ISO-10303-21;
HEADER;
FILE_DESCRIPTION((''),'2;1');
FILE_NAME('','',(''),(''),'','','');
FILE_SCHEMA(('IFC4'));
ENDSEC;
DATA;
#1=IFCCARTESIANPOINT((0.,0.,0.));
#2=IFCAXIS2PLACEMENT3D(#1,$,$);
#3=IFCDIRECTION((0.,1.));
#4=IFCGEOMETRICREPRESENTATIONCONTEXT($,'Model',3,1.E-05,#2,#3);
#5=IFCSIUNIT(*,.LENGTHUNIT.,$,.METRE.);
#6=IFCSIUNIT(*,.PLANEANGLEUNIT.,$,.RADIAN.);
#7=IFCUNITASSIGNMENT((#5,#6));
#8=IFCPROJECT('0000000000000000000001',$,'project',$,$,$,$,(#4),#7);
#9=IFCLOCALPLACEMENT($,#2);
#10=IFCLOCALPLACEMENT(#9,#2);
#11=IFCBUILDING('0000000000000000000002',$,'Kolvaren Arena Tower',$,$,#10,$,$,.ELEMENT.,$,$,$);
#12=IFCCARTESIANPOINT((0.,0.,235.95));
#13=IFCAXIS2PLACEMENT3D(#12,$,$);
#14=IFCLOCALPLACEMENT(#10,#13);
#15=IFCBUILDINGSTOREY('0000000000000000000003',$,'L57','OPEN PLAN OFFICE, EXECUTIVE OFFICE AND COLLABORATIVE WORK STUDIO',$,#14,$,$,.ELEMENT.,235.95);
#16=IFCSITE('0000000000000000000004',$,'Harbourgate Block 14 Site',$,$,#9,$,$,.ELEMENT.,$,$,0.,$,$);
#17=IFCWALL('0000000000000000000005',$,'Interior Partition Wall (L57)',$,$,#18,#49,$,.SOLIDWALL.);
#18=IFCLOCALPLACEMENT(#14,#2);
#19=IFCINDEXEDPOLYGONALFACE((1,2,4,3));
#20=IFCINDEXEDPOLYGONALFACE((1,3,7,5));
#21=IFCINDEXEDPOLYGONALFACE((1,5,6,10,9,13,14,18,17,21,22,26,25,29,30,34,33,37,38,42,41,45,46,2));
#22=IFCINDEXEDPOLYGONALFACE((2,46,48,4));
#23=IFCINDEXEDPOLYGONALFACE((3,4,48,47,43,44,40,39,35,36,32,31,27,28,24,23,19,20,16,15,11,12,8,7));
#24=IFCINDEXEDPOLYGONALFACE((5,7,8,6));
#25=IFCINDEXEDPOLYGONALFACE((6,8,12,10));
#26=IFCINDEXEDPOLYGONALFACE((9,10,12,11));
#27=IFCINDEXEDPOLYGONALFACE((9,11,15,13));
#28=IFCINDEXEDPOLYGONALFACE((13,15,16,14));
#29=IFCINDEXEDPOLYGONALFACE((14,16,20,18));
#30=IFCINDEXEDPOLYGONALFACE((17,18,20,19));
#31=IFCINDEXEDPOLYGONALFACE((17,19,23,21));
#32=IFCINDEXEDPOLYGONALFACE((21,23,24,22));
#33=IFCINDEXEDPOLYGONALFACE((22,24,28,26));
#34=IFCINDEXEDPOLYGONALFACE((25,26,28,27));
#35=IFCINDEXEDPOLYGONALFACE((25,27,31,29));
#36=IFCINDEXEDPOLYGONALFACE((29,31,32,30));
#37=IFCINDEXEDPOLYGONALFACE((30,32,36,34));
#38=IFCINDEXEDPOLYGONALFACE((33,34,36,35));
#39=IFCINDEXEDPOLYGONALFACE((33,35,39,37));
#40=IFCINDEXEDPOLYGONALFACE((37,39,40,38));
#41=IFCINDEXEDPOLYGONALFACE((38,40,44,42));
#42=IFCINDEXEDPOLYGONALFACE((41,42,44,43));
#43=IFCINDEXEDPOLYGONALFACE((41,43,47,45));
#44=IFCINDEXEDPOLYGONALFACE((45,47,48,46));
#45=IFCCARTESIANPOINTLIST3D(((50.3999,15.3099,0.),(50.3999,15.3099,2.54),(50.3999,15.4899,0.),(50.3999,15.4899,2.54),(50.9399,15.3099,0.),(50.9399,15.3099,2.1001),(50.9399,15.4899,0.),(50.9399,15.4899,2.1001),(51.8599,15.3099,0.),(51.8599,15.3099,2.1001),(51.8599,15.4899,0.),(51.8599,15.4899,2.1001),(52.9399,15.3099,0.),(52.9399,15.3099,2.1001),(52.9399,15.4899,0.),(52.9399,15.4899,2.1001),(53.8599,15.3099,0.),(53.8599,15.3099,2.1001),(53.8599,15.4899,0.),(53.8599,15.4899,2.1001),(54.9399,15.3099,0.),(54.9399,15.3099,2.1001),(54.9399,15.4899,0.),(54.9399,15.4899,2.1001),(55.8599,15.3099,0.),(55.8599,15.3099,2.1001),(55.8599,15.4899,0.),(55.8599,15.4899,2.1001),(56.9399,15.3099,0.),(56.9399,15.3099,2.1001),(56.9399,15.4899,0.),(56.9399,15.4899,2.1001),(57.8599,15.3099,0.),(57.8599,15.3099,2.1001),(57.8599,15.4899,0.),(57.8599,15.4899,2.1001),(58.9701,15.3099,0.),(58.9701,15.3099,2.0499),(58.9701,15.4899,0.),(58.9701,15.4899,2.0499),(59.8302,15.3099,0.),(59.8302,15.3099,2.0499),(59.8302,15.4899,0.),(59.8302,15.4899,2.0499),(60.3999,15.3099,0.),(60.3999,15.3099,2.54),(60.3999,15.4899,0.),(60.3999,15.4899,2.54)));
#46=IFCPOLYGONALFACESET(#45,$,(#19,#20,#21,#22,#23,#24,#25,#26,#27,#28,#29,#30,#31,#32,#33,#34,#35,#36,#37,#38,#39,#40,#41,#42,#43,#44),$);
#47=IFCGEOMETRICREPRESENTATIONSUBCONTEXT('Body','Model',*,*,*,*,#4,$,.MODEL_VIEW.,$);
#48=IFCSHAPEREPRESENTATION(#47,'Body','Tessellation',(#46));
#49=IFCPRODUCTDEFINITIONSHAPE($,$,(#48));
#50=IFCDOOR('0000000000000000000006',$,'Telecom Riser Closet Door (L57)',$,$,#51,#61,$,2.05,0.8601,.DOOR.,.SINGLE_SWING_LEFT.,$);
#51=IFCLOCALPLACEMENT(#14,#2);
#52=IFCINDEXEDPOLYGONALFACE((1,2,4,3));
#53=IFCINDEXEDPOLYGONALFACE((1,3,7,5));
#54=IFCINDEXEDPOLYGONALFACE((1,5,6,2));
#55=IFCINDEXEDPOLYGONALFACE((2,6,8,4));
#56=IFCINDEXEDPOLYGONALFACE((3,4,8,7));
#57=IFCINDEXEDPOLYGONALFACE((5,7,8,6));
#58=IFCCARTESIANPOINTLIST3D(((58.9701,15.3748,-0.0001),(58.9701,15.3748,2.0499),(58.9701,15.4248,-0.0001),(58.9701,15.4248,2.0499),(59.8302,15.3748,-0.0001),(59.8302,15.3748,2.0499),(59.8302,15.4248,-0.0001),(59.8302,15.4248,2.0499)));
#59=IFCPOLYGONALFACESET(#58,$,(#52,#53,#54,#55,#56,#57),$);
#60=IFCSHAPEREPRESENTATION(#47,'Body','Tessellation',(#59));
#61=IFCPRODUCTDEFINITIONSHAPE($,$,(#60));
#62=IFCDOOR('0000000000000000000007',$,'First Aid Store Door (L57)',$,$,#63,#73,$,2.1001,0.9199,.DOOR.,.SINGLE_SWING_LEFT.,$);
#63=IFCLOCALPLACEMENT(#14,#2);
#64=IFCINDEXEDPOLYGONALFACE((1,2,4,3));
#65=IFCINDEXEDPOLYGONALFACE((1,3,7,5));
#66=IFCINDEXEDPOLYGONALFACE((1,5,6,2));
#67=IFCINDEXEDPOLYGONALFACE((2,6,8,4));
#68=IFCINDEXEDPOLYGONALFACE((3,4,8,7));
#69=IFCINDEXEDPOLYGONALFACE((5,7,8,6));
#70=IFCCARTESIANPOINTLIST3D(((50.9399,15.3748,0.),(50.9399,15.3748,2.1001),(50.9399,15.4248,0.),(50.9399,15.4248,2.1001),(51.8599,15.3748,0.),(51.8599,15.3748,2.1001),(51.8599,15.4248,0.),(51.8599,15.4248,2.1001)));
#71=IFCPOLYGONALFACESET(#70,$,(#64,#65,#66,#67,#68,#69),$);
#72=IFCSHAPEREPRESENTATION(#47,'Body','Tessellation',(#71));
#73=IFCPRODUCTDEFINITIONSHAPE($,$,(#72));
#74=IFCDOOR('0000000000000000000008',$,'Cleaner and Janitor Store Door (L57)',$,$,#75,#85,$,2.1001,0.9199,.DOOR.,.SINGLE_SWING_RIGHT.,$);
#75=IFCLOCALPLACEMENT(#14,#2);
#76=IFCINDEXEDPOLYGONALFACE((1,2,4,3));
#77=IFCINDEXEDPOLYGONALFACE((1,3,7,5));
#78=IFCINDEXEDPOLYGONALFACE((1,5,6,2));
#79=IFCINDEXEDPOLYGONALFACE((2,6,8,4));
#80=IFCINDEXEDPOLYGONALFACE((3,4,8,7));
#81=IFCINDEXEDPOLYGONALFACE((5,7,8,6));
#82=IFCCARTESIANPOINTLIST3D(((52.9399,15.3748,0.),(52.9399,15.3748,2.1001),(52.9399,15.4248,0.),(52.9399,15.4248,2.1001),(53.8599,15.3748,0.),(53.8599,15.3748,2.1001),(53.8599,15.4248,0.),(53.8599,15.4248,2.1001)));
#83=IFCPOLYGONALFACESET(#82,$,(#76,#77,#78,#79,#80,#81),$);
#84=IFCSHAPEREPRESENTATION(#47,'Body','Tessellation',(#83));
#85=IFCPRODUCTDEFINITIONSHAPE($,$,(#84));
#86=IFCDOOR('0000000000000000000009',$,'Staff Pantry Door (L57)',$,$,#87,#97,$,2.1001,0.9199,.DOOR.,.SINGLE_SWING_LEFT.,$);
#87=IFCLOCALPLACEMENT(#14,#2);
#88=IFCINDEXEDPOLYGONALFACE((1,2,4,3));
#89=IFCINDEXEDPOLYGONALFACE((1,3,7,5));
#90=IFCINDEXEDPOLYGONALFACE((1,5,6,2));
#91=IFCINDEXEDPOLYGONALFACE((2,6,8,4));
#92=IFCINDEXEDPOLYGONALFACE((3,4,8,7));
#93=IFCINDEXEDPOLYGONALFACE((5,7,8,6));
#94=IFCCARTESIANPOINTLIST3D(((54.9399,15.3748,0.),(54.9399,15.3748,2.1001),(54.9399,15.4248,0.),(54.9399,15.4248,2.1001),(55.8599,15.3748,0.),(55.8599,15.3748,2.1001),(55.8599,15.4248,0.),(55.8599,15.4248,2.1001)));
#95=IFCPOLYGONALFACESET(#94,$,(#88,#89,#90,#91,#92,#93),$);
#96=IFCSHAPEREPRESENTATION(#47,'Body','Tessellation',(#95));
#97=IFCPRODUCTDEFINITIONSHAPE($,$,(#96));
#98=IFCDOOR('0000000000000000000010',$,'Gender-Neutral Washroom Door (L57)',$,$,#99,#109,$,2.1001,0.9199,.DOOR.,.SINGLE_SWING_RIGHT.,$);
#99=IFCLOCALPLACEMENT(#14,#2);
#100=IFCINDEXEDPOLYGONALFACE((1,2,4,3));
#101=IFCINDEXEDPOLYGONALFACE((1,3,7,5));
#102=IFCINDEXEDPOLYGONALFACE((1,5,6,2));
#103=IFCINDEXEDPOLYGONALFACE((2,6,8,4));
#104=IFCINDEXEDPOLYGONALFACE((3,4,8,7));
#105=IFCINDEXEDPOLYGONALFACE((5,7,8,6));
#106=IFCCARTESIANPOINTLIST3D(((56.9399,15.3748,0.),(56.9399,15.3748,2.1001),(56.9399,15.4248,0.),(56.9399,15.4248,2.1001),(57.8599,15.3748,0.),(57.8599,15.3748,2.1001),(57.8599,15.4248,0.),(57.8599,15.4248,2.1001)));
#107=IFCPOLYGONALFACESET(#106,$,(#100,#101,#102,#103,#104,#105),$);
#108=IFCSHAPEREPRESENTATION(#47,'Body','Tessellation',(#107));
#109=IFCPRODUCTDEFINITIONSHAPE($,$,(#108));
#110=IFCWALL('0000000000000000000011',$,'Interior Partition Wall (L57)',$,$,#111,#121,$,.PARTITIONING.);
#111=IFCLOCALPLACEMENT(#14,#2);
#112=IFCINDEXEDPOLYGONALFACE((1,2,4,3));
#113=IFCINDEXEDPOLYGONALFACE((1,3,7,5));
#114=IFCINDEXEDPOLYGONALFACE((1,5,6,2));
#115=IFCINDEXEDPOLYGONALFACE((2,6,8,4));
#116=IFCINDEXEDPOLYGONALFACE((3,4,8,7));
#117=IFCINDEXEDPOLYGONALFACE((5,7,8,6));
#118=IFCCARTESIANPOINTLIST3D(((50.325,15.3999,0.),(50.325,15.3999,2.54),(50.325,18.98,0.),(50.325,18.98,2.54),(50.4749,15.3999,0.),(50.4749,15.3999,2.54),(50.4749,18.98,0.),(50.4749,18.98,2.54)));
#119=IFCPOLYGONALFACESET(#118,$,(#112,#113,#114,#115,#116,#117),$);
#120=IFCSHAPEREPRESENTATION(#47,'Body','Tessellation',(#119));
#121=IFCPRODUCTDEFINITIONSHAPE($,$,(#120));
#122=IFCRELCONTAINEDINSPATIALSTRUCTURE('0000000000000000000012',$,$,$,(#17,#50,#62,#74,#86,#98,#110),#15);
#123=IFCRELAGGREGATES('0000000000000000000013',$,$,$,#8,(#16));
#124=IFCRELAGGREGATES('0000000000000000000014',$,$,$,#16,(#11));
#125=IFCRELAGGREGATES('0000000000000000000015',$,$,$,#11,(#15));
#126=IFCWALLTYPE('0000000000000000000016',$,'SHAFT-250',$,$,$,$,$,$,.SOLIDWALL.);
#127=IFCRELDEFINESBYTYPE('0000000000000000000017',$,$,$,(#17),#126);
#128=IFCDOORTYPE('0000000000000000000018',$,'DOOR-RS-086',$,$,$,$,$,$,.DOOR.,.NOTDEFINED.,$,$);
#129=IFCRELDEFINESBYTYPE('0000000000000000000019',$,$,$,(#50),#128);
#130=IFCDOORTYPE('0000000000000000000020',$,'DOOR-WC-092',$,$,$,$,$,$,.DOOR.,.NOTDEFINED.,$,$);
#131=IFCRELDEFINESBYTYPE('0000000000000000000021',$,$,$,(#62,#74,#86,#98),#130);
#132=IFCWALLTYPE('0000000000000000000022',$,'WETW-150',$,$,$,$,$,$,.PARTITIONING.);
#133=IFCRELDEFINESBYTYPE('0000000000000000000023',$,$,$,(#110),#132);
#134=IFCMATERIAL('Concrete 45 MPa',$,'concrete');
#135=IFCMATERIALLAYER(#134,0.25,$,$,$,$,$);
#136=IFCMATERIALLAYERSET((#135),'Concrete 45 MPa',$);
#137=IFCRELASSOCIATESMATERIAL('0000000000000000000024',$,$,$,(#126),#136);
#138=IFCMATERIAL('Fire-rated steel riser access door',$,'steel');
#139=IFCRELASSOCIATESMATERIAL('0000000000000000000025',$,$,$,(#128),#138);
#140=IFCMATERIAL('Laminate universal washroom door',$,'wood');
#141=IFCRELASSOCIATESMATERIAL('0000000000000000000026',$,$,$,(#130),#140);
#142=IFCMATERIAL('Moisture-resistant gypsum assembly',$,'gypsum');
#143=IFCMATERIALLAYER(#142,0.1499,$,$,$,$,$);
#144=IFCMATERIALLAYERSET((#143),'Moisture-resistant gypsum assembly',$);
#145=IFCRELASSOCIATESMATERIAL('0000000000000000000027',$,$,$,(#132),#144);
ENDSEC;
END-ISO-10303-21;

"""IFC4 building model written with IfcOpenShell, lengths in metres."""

from ifc_helpers import new_model, si_unit, direction, frame, frame_2d, origin, place, context, subcontext, project, spatial, rectangle, extrude, material, layer, layer_set, type_object, element, fill, save


model = new_model("IFC4")

# Units and contexts
model_context = context("Model", 3, precision=1e-05, world=origin(), true_north=direction((0.0, 1.0)))
body_context = subcontext(model_context, "Body", "Model", "MODEL_VIEW")
ifc_project = project(units=[si_unit("LENGTHUNIT", "METRE"), si_unit("PLANEANGLEUNIT", "RADIAN")], contexts=[model_context])

# Site, building, storey
site_placement = place(None, origin())
site = spatial("IfcSite", under=ifc_project, at=site_placement, Name="Harbourgate Block 14 Site", CompositionType="ELEMENT", RefElevation=0.0)
building_placement = place(site_placement, origin())
building = spatial("IfcBuilding", under=site, at=building_placement, Name="Kolvaren Arena Tower", CompositionType="ELEMENT")
storey_placement = place(building_placement, frame((0.0, 0.0, 235.95)))
storey = spatial("IfcBuildingStorey", under=building, at=storey_placement, Name="L57", Description="OPEN PLAN OFFICE, EXECUTIVE OFFICE AND COLLABORATIVE WORK STUDIO", CompositionType="ELEMENT", Elevation=235.95)

# Wall, openings, doors
ifc_material_1 = material(Name="Concrete 45 MPa", Category="concrete")
ifc_layer_1 = layer(ifc_material_1, 0.25)
ifc_layer_set_1 = layer_set([ifc_layer_1], Name="Concrete 45 MPa")
wall_type_1 = type_object("IfcWallType", Name="SHAFT-250", PredefinedType="SOLIDWALL", material=ifc_layer_set_1)
wall_1_placement = place(storey_placement, frame((50.3999, 15.3999, 0.0), z_axis=(0.0, 0.0, 1.0), x_axis=(1.0, 0.0, 0.0)))
wall_1 = element("IfcWall", 1, at=wall_1_placement, inside=storey, type_object=wall_type_1, Name="Interior Partition Wall (L57)", PredefinedType="SOLIDWALL", context=body_context, shape_type="SweptSolid", body=[
    extrude(rectangle(XDim=10.0, YDim=0.1799, at=frame_2d((5.0, 0.0))), origin(), (0.0, 0.0, 1.0), 2.54),
])
opening_1_placement = place(wall_1_placement, frame((0.54, 0.0, 0.0)))
opening_1 = element("IfcOpeningElement", 2, at=opening_1_placement, cuts=wall_1, PredefinedType="OPENING", context=body_context, shape_type="SweptSolid", body=[
    extrude(rectangle(XDim=0.9199, YDim=2.1001, at=frame_2d((0.46, 1.05))), frame((0.0, 0.0999, 0.0), z_axis=(0.0, -1.0, 0.0), x_axis=(1.0, 0.0, 0.0)), (0.0, 0.0, 1.0), 0.2),
])
opening_2_placement = place(wall_1_placement, frame((2.54, 0.0, 0.0)))
opening_2 = element("IfcOpeningElement", 3, at=opening_2_placement, cuts=wall_1, PredefinedType="OPENING", context=body_context, shape_type="SweptSolid", body=[
    extrude(rectangle(XDim=0.9199, YDim=2.1001, at=frame_2d((0.46, 1.05))), frame((0.0, 0.0999, 0.0), z_axis=(0.0, -1.0, 0.0), x_axis=(1.0, 0.0, 0.0)), (0.0, 0.0, 1.0), 0.2),
])
opening_3_placement = place(wall_1_placement, frame((4.54, 0.0, 0.0)))
opening_3 = element("IfcOpeningElement", 4, at=opening_3_placement, cuts=wall_1, PredefinedType="OPENING", context=body_context, shape_type="SweptSolid", body=[
    extrude(rectangle(XDim=0.9199, YDim=2.1001, at=frame_2d((0.46, 1.05))), frame((0.0, 0.0999, 0.0), z_axis=(0.0, -1.0, 0.0), x_axis=(1.0, 0.0, 0.0)), (0.0, 0.0, 1.0), 0.2),
])
opening_4_placement = place(wall_1_placement, frame((6.54, 0.0, 0.0)))
opening_4 = element("IfcOpeningElement", 5, at=opening_4_placement, cuts=wall_1, PredefinedType="OPENING", context=body_context, shape_type="SweptSolid", body=[
    extrude(rectangle(XDim=0.9199, YDim=2.1001, at=frame_2d((0.46, 1.05))), frame((0.0, 0.0999, 0.0), z_axis=(0.0, -1.0, 0.0), x_axis=(1.0, 0.0, 0.0)), (0.0, 0.0, 1.0), 0.2),
])
opening_5_placement = place(wall_1_placement, frame((8.5701, 0.0, 0.0)))
opening_5 = element("IfcOpeningElement", 6, at=opening_5_placement, cuts=wall_1, PredefinedType="OPENING", context=body_context, shape_type="SweptSolid", body=[
    extrude(rectangle(XDim=0.8601, YDim=2.05, at=frame_2d((0.4302, 1.0249))), frame((0.0, 0.0999, 0.0), z_axis=(0.0, -1.0, 0.0), x_axis=(1.0, 0.0, 0.0)), (0.0, 0.0, 1.0), 0.2),
])
ifc_material_2 = material(Name="Fire-rated steel riser access door", Category="steel")
door_type_1 = type_object("IfcDoorType", Name="DOOR-RS-086", OperationType="NOTDEFINED", PredefinedType="DOOR", material=ifc_material_2)
door_1_placement = place(opening_5_placement, origin())
door_1 = element("IfcDoor", 7, at=door_1_placement, inside=storey, type_object=door_type_1, Name="Telecom Riser Closet Door (L57)", OperationType="SINGLE_SWING_LEFT", OverallHeight=2.05, OverallWidth=0.8601, PredefinedType="DOOR", context=body_context, shape_type="SweptSolid", body=[
    extrude(rectangle(XDim=0.8601, YDim=2.05, at=frame_2d((0.4302, 1.0249))), frame((0.0, 0.0249, 0.0), z_axis=(0.0, -1.0, 0.0), x_axis=(1.0, 0.0, 0.0)), (0.0, 0.0, 1.0), 0.05),
])
fill(opening_5, door_1)
ifc_material_3 = material(Name="Laminate universal washroom door", Category="wood")
door_type_2 = type_object("IfcDoorType", Name="DOOR-WC-092", OperationType="NOTDEFINED", PredefinedType="DOOR", material=ifc_material_3)
door_2_placement = place(opening_1_placement, origin())
door_2 = element("IfcDoor", 8, at=door_2_placement, inside=storey, type_object=door_type_2, Name="First Aid Store Door (L57)", OperationType="SINGLE_SWING_LEFT", OverallHeight=2.1001, OverallWidth=0.9199, PredefinedType="DOOR", context=body_context, shape_type="SweptSolid", body=[
    extrude(rectangle(XDim=0.9199, YDim=2.1001, at=frame_2d((0.46, 1.05))), frame((0.0, 0.0249, 0.0), z_axis=(0.0, -1.0, 0.0), x_axis=(1.0, 0.0, 0.0)), (0.0, 0.0, 1.0), 0.05),
])
fill(opening_1, door_2)
door_3_placement = place(opening_2_placement, origin())
door_3 = element("IfcDoor", 9, at=door_3_placement, inside=storey, type_object=door_type_2, Name="Cleaner and Janitor Store Door (L57)", OperationType="SINGLE_SWING_RIGHT", OverallHeight=2.1001, OverallWidth=0.9199, PredefinedType="DOOR", context=body_context, shape_type="SweptSolid", body=[
    extrude(rectangle(XDim=0.9199, YDim=2.1001, at=frame_2d((0.46, 1.05))), frame((0.0, 0.0249, 0.0), z_axis=(0.0, -1.0, 0.0), x_axis=(1.0, 0.0, 0.0)), (0.0, 0.0, 1.0), 0.05),
])
fill(opening_2, door_3)
door_4_placement = place(opening_3_placement, origin())
door_4 = element("IfcDoor", 10, at=door_4_placement, inside=storey, type_object=door_type_2, Name="Staff Pantry Door (L57)", OperationType="SINGLE_SWING_LEFT", OverallHeight=2.1001, OverallWidth=0.9199, PredefinedType="DOOR", context=body_context, shape_type="SweptSolid", body=[
    extrude(rectangle(XDim=0.9199, YDim=2.1001, at=frame_2d((0.46, 1.05))), frame((0.0, 0.0249, 0.0), z_axis=(0.0, -1.0, 0.0), x_axis=(1.0, 0.0, 0.0)), (0.0, 0.0, 1.0), 0.05),
])
fill(opening_3, door_4)
door_5_placement = place(opening_4_placement, origin())
door_5 = element("IfcDoor", 11, at=door_5_placement, inside=storey, type_object=door_type_2, Name="Gender-Neutral Washroom Door (L57)", OperationType="SINGLE_SWING_RIGHT", OverallHeight=2.1001, OverallWidth=0.9199, PredefinedType="DOOR", context=body_context, shape_type="SweptSolid", body=[
    extrude(rectangle(XDim=0.9199, YDim=2.1001, at=frame_2d((0.46, 1.05))), frame((0.0, 0.0249, 0.0), z_axis=(0.0, -1.0, 0.0), x_axis=(1.0, 0.0, 0.0)), (0.0, 0.0, 1.0), 0.05),
])
fill(opening_4, door_5)

# Wall
ifc_material_4 = material(Name="Moisture-resistant gypsum assembly", Category="gypsum")
ifc_layer_2 = layer(ifc_material_4, 0.1499)
ifc_layer_set_2 = layer_set([ifc_layer_2], Name="Moisture-resistant gypsum assembly")
wall_type_2 = type_object("IfcWallType", Name="WETW-150", PredefinedType="PARTITIONING", material=ifc_layer_set_2)
wall_2_placement = place(storey_placement, frame((50.3999, 15.3999, 0.0), z_axis=(0.0, 0.0, 1.0), x_axis=(0.0, 1.0, 0.0)))
element("IfcWall", 12, at=wall_2_placement, inside=storey, type_object=wall_type_2, Name="Interior Partition Wall (L57)", PredefinedType="PARTITIONING", context=body_context, shape_type="SweptSolid", body=[
    extrude(rectangle(XDim=3.5801, YDim=0.1499, at=frame_2d((1.79, 0.0))), origin(), (0.0, 0.0, 1.0), 2.54),
])

save(model, "model.ifc")
